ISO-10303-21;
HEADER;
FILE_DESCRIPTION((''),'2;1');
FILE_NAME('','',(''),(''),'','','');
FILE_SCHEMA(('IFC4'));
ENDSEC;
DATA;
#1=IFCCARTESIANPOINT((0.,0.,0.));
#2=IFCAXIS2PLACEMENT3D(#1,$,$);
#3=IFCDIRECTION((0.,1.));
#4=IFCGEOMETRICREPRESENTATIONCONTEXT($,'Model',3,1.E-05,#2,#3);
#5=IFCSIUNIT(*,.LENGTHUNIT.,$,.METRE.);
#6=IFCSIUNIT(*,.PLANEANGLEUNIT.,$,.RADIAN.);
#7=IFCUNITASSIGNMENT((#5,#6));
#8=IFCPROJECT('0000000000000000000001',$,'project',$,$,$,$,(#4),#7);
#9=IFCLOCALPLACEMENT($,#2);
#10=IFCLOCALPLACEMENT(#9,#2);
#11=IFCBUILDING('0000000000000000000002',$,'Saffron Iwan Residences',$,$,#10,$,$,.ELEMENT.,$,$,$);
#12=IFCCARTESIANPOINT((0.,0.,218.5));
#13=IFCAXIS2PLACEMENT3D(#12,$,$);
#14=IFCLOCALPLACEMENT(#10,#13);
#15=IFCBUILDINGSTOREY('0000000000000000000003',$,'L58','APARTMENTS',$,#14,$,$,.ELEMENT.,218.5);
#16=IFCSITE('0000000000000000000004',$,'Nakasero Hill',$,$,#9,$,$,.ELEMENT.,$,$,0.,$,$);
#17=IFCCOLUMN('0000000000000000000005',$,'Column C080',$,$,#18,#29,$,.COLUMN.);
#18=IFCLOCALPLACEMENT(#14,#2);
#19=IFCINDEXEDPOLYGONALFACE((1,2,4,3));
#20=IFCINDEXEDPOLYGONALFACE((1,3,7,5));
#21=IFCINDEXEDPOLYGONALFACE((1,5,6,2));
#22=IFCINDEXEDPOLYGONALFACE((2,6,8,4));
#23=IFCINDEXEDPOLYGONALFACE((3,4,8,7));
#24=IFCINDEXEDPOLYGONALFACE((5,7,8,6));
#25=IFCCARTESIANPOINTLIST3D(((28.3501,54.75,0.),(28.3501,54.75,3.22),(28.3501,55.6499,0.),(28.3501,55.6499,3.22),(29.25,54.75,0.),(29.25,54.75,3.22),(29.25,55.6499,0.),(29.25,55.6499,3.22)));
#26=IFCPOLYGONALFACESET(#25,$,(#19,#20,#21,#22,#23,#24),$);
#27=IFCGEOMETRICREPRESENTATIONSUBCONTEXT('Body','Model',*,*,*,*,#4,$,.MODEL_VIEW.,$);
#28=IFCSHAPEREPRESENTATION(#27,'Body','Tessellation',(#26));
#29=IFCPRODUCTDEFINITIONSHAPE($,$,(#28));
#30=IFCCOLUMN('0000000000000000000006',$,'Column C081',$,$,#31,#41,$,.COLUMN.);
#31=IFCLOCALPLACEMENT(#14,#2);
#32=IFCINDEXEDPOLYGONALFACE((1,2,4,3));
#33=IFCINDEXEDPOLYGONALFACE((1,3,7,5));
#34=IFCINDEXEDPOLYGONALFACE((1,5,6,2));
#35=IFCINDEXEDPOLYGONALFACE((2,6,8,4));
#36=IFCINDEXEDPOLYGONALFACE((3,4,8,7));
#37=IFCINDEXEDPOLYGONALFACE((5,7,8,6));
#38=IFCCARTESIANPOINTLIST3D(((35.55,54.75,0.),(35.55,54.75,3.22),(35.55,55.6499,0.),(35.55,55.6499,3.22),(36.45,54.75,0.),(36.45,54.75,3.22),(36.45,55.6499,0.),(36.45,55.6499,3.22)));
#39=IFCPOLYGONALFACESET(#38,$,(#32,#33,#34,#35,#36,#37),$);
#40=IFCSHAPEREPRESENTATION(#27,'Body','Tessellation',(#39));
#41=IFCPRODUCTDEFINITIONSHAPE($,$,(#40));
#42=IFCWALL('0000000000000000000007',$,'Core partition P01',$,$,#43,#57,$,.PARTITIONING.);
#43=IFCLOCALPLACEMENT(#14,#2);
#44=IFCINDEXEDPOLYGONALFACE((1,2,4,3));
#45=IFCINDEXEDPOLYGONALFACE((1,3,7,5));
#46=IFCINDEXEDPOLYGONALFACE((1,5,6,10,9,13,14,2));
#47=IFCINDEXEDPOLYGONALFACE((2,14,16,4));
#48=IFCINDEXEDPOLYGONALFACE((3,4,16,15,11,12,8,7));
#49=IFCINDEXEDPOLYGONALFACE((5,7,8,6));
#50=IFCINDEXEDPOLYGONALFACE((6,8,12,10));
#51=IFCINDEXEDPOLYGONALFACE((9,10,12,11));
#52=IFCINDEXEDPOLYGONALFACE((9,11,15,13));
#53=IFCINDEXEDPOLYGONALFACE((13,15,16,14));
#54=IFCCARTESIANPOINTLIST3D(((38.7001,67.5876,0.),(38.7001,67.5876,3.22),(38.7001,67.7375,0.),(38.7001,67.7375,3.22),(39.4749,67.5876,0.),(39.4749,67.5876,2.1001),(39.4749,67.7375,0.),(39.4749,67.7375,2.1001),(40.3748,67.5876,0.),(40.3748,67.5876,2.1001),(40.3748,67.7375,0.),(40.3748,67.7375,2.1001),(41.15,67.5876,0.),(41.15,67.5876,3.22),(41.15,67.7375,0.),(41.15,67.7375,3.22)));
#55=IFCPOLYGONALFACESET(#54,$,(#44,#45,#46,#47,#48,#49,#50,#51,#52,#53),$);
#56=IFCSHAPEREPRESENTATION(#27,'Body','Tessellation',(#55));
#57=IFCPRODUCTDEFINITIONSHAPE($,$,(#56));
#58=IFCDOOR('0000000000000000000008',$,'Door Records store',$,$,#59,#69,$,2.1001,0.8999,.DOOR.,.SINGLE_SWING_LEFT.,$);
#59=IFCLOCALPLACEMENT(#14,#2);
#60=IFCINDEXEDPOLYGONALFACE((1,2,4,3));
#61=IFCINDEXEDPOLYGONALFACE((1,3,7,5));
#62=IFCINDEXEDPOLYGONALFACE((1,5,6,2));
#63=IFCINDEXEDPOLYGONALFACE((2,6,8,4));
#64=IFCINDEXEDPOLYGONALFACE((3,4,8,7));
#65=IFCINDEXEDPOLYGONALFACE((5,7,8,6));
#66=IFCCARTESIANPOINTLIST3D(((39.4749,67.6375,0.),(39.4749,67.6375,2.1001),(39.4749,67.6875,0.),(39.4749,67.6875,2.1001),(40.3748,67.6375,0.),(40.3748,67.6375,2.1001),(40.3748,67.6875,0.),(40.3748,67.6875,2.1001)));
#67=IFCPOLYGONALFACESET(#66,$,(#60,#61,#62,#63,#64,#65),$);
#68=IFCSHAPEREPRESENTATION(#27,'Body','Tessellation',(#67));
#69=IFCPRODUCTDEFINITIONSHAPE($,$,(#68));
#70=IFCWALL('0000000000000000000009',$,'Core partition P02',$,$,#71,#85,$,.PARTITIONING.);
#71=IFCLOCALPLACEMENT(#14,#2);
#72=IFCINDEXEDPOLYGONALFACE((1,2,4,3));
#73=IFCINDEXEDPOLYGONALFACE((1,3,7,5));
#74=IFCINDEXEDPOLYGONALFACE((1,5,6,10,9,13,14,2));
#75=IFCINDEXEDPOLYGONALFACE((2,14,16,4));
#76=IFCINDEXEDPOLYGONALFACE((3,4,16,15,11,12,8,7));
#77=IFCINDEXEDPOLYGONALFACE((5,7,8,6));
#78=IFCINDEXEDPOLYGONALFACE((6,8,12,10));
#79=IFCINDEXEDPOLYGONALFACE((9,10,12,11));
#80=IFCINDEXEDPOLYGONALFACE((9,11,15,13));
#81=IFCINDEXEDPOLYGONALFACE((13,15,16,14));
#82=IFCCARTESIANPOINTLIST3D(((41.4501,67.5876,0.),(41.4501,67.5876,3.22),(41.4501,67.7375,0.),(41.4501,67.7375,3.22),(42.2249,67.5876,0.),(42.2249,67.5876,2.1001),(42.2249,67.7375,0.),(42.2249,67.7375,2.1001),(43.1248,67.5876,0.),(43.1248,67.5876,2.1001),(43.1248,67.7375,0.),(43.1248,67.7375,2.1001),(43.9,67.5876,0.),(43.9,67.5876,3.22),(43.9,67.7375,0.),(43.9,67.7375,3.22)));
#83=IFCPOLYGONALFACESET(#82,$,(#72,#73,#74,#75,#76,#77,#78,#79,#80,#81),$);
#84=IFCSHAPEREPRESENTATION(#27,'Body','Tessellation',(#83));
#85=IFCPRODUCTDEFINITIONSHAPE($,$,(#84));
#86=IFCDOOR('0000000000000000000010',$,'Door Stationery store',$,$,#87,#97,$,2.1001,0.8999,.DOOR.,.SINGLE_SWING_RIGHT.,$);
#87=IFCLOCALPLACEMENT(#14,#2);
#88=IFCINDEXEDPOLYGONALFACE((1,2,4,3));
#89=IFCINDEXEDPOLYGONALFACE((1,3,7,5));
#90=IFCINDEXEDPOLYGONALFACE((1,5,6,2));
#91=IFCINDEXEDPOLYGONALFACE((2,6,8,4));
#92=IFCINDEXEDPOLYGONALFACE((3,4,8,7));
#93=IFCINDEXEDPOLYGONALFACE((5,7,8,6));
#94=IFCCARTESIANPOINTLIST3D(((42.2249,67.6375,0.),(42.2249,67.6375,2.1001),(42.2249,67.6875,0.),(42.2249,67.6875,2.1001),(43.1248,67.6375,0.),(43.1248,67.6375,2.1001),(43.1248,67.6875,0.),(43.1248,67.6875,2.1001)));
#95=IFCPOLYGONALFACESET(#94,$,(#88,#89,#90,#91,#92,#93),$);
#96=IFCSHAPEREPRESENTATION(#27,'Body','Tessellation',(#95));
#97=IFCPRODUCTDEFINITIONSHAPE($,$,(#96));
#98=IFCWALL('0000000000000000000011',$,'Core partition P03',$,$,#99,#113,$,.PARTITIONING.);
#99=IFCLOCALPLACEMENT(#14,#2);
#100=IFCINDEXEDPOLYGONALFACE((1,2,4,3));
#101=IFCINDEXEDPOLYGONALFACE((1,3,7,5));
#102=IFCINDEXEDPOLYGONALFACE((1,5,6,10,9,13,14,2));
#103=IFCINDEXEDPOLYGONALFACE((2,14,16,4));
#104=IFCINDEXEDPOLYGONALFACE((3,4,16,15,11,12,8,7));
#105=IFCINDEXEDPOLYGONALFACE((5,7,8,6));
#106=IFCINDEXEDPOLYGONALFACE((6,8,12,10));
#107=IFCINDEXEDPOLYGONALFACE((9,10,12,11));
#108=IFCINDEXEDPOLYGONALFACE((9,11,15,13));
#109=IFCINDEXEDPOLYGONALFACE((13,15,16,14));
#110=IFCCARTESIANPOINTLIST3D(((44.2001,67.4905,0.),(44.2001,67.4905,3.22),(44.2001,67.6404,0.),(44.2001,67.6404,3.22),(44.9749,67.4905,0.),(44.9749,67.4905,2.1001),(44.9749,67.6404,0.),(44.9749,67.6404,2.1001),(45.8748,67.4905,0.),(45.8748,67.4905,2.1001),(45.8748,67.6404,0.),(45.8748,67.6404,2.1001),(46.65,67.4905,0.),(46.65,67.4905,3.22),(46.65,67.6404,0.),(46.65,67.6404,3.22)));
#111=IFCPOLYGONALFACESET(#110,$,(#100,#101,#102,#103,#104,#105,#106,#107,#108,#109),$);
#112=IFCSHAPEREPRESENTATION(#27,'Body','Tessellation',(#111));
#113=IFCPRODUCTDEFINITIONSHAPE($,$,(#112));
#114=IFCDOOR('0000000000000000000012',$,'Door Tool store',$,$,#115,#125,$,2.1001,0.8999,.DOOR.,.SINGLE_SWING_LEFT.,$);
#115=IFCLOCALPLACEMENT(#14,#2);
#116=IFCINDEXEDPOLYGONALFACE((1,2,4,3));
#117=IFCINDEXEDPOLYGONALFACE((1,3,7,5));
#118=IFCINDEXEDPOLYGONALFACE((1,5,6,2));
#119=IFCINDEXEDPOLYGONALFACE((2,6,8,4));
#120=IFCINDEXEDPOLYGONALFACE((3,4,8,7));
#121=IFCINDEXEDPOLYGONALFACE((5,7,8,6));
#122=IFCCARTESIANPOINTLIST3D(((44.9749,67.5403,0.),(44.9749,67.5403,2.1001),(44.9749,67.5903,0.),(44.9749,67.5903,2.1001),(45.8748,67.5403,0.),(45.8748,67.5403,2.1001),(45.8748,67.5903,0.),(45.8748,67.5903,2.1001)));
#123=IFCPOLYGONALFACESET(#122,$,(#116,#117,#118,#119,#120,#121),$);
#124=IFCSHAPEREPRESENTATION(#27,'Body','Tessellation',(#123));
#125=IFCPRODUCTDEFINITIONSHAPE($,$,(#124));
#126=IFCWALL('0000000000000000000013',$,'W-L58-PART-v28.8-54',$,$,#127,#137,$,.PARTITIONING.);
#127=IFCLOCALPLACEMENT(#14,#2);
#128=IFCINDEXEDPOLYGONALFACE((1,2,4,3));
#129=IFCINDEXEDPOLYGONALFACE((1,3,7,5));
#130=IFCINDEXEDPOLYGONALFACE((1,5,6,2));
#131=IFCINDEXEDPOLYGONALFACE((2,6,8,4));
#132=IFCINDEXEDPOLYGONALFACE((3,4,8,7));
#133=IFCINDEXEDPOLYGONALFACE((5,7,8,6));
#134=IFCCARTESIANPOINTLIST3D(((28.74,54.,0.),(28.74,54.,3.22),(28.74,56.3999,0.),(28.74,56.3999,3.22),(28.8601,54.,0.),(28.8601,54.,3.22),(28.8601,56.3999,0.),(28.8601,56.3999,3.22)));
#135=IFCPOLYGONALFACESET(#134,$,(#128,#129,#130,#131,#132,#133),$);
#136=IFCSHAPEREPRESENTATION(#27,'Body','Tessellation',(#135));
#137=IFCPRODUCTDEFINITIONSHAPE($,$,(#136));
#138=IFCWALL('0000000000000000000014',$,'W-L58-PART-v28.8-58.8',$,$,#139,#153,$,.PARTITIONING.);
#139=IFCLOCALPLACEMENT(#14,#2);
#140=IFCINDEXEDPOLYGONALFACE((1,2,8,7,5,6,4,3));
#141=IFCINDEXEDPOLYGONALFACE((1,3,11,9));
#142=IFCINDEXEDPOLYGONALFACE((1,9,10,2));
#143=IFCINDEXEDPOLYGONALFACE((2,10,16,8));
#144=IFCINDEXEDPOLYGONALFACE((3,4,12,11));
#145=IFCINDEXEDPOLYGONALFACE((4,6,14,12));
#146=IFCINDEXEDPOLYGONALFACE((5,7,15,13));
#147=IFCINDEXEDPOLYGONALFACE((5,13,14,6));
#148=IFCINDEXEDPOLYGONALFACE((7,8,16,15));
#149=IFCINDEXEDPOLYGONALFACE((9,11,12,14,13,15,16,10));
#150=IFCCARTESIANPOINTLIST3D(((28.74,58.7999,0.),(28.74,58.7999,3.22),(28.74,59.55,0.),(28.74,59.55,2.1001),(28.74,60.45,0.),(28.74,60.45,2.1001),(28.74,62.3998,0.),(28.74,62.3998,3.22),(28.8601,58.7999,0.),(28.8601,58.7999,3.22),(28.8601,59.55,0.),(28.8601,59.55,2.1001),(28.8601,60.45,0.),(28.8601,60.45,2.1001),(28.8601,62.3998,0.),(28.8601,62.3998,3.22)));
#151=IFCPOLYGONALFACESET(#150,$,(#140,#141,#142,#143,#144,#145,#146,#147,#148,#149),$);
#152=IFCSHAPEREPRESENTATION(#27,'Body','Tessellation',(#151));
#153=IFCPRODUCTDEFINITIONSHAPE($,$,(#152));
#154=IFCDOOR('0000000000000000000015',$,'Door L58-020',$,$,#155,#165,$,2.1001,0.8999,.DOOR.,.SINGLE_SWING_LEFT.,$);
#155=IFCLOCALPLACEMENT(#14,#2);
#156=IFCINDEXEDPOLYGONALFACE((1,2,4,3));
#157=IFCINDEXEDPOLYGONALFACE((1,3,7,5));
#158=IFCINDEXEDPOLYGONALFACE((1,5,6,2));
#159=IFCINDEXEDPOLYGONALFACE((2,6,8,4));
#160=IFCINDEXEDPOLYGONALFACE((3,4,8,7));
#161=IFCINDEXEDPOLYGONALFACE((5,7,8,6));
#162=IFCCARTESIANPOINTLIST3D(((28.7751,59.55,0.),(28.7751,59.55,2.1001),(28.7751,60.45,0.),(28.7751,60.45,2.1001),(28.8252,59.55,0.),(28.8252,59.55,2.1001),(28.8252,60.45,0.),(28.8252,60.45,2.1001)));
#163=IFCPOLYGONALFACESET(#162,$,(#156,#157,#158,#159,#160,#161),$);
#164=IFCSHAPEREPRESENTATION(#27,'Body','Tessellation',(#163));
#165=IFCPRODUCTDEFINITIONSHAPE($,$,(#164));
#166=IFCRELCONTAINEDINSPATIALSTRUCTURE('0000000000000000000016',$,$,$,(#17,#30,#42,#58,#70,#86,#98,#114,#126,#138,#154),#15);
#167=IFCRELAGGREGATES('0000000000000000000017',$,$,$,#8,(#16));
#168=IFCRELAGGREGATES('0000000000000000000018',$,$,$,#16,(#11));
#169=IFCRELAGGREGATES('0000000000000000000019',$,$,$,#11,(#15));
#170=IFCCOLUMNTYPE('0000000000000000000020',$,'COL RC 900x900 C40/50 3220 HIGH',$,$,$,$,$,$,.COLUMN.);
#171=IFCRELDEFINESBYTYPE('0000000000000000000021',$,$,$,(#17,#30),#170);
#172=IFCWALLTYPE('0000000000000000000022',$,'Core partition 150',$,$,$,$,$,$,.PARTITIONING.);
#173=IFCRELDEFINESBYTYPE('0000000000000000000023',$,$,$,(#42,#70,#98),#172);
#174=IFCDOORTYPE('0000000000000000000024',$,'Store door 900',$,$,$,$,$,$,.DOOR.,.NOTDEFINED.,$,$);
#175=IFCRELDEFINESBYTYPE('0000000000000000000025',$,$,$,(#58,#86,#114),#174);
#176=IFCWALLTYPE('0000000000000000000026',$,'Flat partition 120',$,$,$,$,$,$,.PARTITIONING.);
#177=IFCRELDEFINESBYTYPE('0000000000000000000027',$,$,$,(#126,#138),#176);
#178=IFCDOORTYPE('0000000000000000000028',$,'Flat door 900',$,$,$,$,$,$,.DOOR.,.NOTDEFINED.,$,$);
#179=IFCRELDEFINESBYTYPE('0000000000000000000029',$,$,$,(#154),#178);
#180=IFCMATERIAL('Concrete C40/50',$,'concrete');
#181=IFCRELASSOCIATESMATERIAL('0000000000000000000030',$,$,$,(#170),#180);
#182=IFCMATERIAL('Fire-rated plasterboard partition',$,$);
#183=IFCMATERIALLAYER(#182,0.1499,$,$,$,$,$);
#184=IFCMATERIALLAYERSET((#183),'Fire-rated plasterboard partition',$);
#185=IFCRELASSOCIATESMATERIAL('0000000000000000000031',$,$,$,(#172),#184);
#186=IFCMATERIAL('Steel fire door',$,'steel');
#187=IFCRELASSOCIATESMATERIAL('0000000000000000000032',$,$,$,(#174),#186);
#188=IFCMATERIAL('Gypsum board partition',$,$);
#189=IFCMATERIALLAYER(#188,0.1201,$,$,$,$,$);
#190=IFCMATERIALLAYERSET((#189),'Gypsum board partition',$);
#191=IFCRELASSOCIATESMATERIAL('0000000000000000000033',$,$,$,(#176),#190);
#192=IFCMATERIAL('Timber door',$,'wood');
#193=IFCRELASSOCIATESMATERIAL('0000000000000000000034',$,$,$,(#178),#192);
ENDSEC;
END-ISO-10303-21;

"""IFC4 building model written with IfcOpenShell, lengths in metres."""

from ifc_helpers import new_model, si_unit, direction, frame, frame_2d, origin, origin_2d, place, context, subcontext, project, spatial, rectangle, extrude, source, transform, mapped, material, layer, layer_set, material_profile, profile_set, type_object, element, fill, save


model = new_model("IFC4")

# Units and contexts
model_context = context("Model", 3, precision=1e-05, world=origin(), true_north=direction((0.0, 1.0)))
body_context = subcontext(model_context, "Body", "Model", "MODEL_VIEW")
ifc_project = project(units=[si_unit("LENGTHUNIT", "METRE"), si_unit("PLANEANGLEUNIT", "RADIAN")], contexts=[model_context])

# Site, building, storey
site_placement = place(None, origin())
site = spatial("IfcSite", under=ifc_project, at=site_placement, Name="Nakasero Hill", CompositionType="ELEMENT", RefElevation=0.0)
building_placement = place(site_placement, origin())
building = spatial("IfcBuilding", under=site, at=building_placement, Name="Saffron Iwan Residences", CompositionType="ELEMENT")
storey_placement = place(building_placement, frame((0.0, 0.0, 218.5)))
storey = spatial("IfcBuildingStorey", under=building, at=storey_placement, Name="L58", Description="APARTMENTS", CompositionType="ELEMENT", Elevation=218.5)

# Columns
ifc_material_1 = material(Name="Concrete C40/50", Category="concrete")
ifc_material_profile = material_profile(ifc_material_1, rectangle(XDim=0.8999, YDim=0.8999, at=origin_2d()), Name="RC 900x900")
ifc_profile_set = profile_set([ifc_material_profile], Name="Concrete C40/50")
column_type = type_object("IfcColumnType", Name="COL RC 900x900 C40/50 3220 HIGH", PredefinedType="COLUMN", material=ifc_profile_set)
shared_shape = source(origin(), body_context, "Body", "SweptSolid", [
    extrude(rectangle(XDim=0.8999, YDim=0.8999, at=origin_2d()), origin(), (0.0, 0.0, 1.0), 3.22),
])
for number, where, z_axis, x_axis, name in (
    (1, (28.8, 55.2, 0.0), (0.0, 0.0, 1.0), (1.0, 0.0, 0.0), "Column C080"),
    (2, (36.0, 55.2, 0.0), (0.0, 0.0, 1.0), (1.0, 0.0, 0.0), "Column C081"),
):
    element("IfcColumn", number, at=place(storey_placement, frame(where, z_axis=z_axis, x_axis=x_axis)), inside=storey, type_object=column_type, Name=name, PredefinedType="COLUMN", context=body_context, shape_type="MappedRepresentation", body=[
        mapped(shared_shape, transform((0.0, 0.0, 0.0))),
    ])

# Walls, openings, doors
ifc_material_2 = material(Name="Fire-rated plasterboard partition")
ifc_layer_1 = layer(ifc_material_2, 0.1499)
ifc_layer_set_1 = layer_set([ifc_layer_1], Name="Fire-rated plasterboard partition")
wall_type_1 = type_object("IfcWallType", Name="Core partition 150", PredefinedType="PARTITIONING", material=ifc_layer_set_1)
wall_1_placement = place(storey_placement, frame((38.7, 67.6626, 0.0), z_axis=(0.0, 0.0, 1.0), x_axis=(1.0, 0.0, 0.0)))
wall_1 = element("IfcWall", 3, at=wall_1_placement, inside=storey, type_object=wall_type_1, Name="Core partition P01", PredefinedType="PARTITIONING", context=body_context, shape_type="SweptSolid", body=[
    extrude(rectangle(XDim=2.45, YDim=0.1499, at=frame_2d((1.2251, 0.0))), origin(), (0.0, 0.0, 1.0), 3.22),
])
opening_1_placement = place(wall_1_placement, frame((0.7749, 0.0, 0.0)))
opening_1 = element("IfcOpeningElement", 4, at=opening_1_placement, cuts=wall_1, PredefinedType="OPENING", context=body_context, shape_type="SweptSolid", body=[
    extrude(rectangle(XDim=0.8999, YDim=2.1001, at=frame_2d((0.45, 1.05))), frame((0.0, 0.085, 0.0), z_axis=(0.0, -1.0, 0.0), x_axis=(1.0, 0.0, 0.0)), (0.0, 0.0, 1.0), 0.1699),
])
ifc_material_3 = material(Name="Steel fire door", Category="steel")
door_type_1 = type_object("IfcDoorType", Name="Store door 900", OperationType="NOTDEFINED", PredefinedType="DOOR", material=ifc_material_3)
door_1_placement = place(opening_1_placement, origin())
door_1 = element("IfcDoor", 5, at=door_1_placement, inside=storey, type_object=door_type_1, Name="Door Records store", OperationType="SINGLE_SWING_LEFT", OverallHeight=2.1001, OverallWidth=0.8999, PredefinedType="DOOR", context=body_context, shape_type="SweptSolid", body=[
    extrude(rectangle(XDim=0.8999, YDim=2.1001, at=frame_2d((0.45, 1.05))), frame((0.0, 0.0249, 0.0), z_axis=(0.0, -1.0, 0.0), x_axis=(1.0, 0.0, 0.0)), (0.0, 0.0, 1.0), 0.05),
])
fill(opening_1, door_1)
wall_2_placement = place(storey_placement, frame((41.45, 67.6626, 0.0), z_axis=(0.0, 0.0, 1.0), x_axis=(1.0, 0.0, 0.0)))
wall_2 = element("IfcWall", 6, at=wall_2_placement, inside=storey, type_object=wall_type_1, Name="Core partition P02", PredefinedType="PARTITIONING", context=body_context, shape_type="SweptSolid", body=[
    extrude(rectangle(XDim=2.45, YDim=0.1499, at=frame_2d((1.2251, 0.0))), origin(), (0.0, 0.0, 1.0), 3.22),
])
opening_2_placement = place(wall_2_placement, frame((0.7749, 0.0, 0.0)))
opening_2 = element("IfcOpeningElement", 7, at=opening_2_placement, cuts=wall_2, PredefinedType="OPENING", context=body_context, shape_type="SweptSolid", body=[
    extrude(rectangle(XDim=0.8999, YDim=2.1001, at=frame_2d((0.45, 1.05))), frame((0.0, 0.085, 0.0), z_axis=(0.0, -1.0, 0.0), x_axis=(1.0, 0.0, 0.0)), (0.0, 0.0, 1.0), 0.1699),
])
door_2_placement = place(opening_2_placement, origin())
door_2 = element("IfcDoor", 8, at=door_2_placement, inside=storey, type_object=door_type_1, Name="Door Stationery store", OperationType="SINGLE_SWING_RIGHT", OverallHeight=2.1001, OverallWidth=0.8999, PredefinedType="DOOR", context=body_context, shape_type="SweptSolid", body=[
    extrude(rectangle(XDim=0.8999, YDim=2.1001, at=frame_2d((0.45, 1.05))), frame((0.0, 0.0249, 0.0), z_axis=(0.0, -1.0, 0.0), x_axis=(1.0, 0.0, 0.0)), (0.0, 0.0, 1.0), 0.05),
])
fill(opening_2, door_2)
wall_3_placement = place(storey_placement, frame((44.2, 67.5654, 0.0), z_axis=(0.0, 0.0, 1.0), x_axis=(1.0, 0.0, 0.0)))
wall_3 = element("IfcWall", 9, at=wall_3_placement, inside=storey, type_object=wall_type_1, Name="Core partition P03", PredefinedType="PARTITIONING", context=body_context, shape_type="SweptSolid", body=[
    extrude(rectangle(XDim=2.45, YDim=0.1499, at=frame_2d((1.2251, 0.0))), origin(), (0.0, 0.0, 1.0), 3.22),
])
opening_3_placement = place(wall_3_placement, frame((0.7749, 0.0, 0.0)))
opening_3 = element("IfcOpeningElement", 10, at=opening_3_placement, cuts=wall_3, PredefinedType="OPENING", context=body_context, shape_type="SweptSolid", body=[
    extrude(rectangle(XDim=0.8999, YDim=2.1001, at=frame_2d((0.45, 1.05))), frame((0.0, 0.085, 0.0), z_axis=(0.0, -1.0, 0.0), x_axis=(1.0, 0.0, 0.0)), (0.0, 0.0, 1.0), 0.1699),
])
door_3_placement = place(opening_3_placement, origin())
door_3 = element("IfcDoor", 11, at=door_3_placement, inside=storey, type_object=door_type_1, Name="Door Tool store", OperationType="SINGLE_SWING_LEFT", OverallHeight=2.1001, OverallWidth=0.8999, PredefinedType="DOOR", context=body_context, shape_type="SweptSolid", body=[
    extrude(rectangle(XDim=0.8999, YDim=2.1001, at=frame_2d((0.45, 1.05))), frame((0.0, 0.0249, 0.0), z_axis=(0.0, -1.0, 0.0), x_axis=(1.0, 0.0, 0.0)), (0.0, 0.0, 1.0), 0.05),
])
fill(opening_3, door_3)

# Wall
ifc_material_4 = material(Name="Gypsum board partition")
ifc_layer_2 = layer(ifc_material_4, 0.1201)
ifc_layer_set_2 = layer_set([ifc_layer_2], Name="Gypsum board partition")
wall_type_2 = type_object("IfcWallType", Name="Flat partition 120", PredefinedType="PARTITIONING", material=ifc_layer_set_2)
wall_4_placement = place(storey_placement, frame((28.8, 54.0, 0.0), z_axis=(0.0, 0.0, 1.0), x_axis=(0.0, 1.0, 0.0)))
element("IfcWall", 12, at=wall_4_placement, inside=storey, type_object=wall_type_2, Name="W-L58-PART-v28.8-54", PredefinedType="PARTITIONING", context=body_context, shape_type="SweptSolid", body=[
    extrude(rectangle(XDim=2.3999, YDim=0.1201, at=frame_2d((1.2, 0.0))), origin(), (0.0, 0.0, 1.0), 3.22),
])

# Wall, opening, door
wall_5_placement = place(storey_placement, frame((28.8, 58.8, 0.0), z_axis=(0.0, 0.0, 1.0), x_axis=(0.0, 1.0, 0.0)))
wall_5 = element("IfcWall", 13, at=wall_5_placement, inside=storey, type_object=wall_type_2, Name="W-L58-PART-v28.8-58.8", PredefinedType="PARTITIONING", context=body_context, shape_type="SweptSolid", body=[
    extrude(rectangle(XDim=3.5999, YDim=0.1201, at=frame_2d((1.7998, 0.0))), origin(), (0.0, 0.0, 1.0), 3.22),
])
opening_4_placement = place(wall_5_placement, frame((0.75, 0.0, 0.0)))
opening_4 = element("IfcOpeningElement", 14, at=opening_4_placement, cuts=wall_5, PredefinedType="OPENING", context=body_context, shape_type="SweptSolid", body=[
    extrude(rectangle(XDim=0.8999, YDim=2.1001, at=frame_2d((0.45, 1.05))), frame((0.0, 0.0701, 0.0), z_axis=(0.0, -1.0, 0.0), x_axis=(1.0, 0.0, 0.0)), (0.0, 0.0, 1.0), 0.1401),
])
ifc_material_5 = material(Name="Timber door", Category="wood")
door_type_2 = type_object("IfcDoorType", Name="Flat door 900", OperationType="NOTDEFINED", PredefinedType="DOOR", material=ifc_material_5)
door_4_placement = place(opening_4_placement, origin())
door_4 = element("IfcDoor", 15, at=door_4_placement, inside=storey, type_object=door_type_2, Name="Door L58-020", OperationType="SINGLE_SWING_LEFT", OverallHeight=2.1001, OverallWidth=0.8999, PredefinedType="DOOR", context=body_context, shape_type="SweptSolid", body=[
    extrude(rectangle(XDim=0.8999, YDim=2.1001, at=frame_2d((0.45, 1.05))), frame((0.0, 0.0249, 0.0), z_axis=(0.0, -1.0, 0.0), x_axis=(1.0, 0.0, 0.0)), (0.0, 0.0, 1.0), 0.05),
])
fill(opening_4, door_4)

save(model, "model.ifc")
